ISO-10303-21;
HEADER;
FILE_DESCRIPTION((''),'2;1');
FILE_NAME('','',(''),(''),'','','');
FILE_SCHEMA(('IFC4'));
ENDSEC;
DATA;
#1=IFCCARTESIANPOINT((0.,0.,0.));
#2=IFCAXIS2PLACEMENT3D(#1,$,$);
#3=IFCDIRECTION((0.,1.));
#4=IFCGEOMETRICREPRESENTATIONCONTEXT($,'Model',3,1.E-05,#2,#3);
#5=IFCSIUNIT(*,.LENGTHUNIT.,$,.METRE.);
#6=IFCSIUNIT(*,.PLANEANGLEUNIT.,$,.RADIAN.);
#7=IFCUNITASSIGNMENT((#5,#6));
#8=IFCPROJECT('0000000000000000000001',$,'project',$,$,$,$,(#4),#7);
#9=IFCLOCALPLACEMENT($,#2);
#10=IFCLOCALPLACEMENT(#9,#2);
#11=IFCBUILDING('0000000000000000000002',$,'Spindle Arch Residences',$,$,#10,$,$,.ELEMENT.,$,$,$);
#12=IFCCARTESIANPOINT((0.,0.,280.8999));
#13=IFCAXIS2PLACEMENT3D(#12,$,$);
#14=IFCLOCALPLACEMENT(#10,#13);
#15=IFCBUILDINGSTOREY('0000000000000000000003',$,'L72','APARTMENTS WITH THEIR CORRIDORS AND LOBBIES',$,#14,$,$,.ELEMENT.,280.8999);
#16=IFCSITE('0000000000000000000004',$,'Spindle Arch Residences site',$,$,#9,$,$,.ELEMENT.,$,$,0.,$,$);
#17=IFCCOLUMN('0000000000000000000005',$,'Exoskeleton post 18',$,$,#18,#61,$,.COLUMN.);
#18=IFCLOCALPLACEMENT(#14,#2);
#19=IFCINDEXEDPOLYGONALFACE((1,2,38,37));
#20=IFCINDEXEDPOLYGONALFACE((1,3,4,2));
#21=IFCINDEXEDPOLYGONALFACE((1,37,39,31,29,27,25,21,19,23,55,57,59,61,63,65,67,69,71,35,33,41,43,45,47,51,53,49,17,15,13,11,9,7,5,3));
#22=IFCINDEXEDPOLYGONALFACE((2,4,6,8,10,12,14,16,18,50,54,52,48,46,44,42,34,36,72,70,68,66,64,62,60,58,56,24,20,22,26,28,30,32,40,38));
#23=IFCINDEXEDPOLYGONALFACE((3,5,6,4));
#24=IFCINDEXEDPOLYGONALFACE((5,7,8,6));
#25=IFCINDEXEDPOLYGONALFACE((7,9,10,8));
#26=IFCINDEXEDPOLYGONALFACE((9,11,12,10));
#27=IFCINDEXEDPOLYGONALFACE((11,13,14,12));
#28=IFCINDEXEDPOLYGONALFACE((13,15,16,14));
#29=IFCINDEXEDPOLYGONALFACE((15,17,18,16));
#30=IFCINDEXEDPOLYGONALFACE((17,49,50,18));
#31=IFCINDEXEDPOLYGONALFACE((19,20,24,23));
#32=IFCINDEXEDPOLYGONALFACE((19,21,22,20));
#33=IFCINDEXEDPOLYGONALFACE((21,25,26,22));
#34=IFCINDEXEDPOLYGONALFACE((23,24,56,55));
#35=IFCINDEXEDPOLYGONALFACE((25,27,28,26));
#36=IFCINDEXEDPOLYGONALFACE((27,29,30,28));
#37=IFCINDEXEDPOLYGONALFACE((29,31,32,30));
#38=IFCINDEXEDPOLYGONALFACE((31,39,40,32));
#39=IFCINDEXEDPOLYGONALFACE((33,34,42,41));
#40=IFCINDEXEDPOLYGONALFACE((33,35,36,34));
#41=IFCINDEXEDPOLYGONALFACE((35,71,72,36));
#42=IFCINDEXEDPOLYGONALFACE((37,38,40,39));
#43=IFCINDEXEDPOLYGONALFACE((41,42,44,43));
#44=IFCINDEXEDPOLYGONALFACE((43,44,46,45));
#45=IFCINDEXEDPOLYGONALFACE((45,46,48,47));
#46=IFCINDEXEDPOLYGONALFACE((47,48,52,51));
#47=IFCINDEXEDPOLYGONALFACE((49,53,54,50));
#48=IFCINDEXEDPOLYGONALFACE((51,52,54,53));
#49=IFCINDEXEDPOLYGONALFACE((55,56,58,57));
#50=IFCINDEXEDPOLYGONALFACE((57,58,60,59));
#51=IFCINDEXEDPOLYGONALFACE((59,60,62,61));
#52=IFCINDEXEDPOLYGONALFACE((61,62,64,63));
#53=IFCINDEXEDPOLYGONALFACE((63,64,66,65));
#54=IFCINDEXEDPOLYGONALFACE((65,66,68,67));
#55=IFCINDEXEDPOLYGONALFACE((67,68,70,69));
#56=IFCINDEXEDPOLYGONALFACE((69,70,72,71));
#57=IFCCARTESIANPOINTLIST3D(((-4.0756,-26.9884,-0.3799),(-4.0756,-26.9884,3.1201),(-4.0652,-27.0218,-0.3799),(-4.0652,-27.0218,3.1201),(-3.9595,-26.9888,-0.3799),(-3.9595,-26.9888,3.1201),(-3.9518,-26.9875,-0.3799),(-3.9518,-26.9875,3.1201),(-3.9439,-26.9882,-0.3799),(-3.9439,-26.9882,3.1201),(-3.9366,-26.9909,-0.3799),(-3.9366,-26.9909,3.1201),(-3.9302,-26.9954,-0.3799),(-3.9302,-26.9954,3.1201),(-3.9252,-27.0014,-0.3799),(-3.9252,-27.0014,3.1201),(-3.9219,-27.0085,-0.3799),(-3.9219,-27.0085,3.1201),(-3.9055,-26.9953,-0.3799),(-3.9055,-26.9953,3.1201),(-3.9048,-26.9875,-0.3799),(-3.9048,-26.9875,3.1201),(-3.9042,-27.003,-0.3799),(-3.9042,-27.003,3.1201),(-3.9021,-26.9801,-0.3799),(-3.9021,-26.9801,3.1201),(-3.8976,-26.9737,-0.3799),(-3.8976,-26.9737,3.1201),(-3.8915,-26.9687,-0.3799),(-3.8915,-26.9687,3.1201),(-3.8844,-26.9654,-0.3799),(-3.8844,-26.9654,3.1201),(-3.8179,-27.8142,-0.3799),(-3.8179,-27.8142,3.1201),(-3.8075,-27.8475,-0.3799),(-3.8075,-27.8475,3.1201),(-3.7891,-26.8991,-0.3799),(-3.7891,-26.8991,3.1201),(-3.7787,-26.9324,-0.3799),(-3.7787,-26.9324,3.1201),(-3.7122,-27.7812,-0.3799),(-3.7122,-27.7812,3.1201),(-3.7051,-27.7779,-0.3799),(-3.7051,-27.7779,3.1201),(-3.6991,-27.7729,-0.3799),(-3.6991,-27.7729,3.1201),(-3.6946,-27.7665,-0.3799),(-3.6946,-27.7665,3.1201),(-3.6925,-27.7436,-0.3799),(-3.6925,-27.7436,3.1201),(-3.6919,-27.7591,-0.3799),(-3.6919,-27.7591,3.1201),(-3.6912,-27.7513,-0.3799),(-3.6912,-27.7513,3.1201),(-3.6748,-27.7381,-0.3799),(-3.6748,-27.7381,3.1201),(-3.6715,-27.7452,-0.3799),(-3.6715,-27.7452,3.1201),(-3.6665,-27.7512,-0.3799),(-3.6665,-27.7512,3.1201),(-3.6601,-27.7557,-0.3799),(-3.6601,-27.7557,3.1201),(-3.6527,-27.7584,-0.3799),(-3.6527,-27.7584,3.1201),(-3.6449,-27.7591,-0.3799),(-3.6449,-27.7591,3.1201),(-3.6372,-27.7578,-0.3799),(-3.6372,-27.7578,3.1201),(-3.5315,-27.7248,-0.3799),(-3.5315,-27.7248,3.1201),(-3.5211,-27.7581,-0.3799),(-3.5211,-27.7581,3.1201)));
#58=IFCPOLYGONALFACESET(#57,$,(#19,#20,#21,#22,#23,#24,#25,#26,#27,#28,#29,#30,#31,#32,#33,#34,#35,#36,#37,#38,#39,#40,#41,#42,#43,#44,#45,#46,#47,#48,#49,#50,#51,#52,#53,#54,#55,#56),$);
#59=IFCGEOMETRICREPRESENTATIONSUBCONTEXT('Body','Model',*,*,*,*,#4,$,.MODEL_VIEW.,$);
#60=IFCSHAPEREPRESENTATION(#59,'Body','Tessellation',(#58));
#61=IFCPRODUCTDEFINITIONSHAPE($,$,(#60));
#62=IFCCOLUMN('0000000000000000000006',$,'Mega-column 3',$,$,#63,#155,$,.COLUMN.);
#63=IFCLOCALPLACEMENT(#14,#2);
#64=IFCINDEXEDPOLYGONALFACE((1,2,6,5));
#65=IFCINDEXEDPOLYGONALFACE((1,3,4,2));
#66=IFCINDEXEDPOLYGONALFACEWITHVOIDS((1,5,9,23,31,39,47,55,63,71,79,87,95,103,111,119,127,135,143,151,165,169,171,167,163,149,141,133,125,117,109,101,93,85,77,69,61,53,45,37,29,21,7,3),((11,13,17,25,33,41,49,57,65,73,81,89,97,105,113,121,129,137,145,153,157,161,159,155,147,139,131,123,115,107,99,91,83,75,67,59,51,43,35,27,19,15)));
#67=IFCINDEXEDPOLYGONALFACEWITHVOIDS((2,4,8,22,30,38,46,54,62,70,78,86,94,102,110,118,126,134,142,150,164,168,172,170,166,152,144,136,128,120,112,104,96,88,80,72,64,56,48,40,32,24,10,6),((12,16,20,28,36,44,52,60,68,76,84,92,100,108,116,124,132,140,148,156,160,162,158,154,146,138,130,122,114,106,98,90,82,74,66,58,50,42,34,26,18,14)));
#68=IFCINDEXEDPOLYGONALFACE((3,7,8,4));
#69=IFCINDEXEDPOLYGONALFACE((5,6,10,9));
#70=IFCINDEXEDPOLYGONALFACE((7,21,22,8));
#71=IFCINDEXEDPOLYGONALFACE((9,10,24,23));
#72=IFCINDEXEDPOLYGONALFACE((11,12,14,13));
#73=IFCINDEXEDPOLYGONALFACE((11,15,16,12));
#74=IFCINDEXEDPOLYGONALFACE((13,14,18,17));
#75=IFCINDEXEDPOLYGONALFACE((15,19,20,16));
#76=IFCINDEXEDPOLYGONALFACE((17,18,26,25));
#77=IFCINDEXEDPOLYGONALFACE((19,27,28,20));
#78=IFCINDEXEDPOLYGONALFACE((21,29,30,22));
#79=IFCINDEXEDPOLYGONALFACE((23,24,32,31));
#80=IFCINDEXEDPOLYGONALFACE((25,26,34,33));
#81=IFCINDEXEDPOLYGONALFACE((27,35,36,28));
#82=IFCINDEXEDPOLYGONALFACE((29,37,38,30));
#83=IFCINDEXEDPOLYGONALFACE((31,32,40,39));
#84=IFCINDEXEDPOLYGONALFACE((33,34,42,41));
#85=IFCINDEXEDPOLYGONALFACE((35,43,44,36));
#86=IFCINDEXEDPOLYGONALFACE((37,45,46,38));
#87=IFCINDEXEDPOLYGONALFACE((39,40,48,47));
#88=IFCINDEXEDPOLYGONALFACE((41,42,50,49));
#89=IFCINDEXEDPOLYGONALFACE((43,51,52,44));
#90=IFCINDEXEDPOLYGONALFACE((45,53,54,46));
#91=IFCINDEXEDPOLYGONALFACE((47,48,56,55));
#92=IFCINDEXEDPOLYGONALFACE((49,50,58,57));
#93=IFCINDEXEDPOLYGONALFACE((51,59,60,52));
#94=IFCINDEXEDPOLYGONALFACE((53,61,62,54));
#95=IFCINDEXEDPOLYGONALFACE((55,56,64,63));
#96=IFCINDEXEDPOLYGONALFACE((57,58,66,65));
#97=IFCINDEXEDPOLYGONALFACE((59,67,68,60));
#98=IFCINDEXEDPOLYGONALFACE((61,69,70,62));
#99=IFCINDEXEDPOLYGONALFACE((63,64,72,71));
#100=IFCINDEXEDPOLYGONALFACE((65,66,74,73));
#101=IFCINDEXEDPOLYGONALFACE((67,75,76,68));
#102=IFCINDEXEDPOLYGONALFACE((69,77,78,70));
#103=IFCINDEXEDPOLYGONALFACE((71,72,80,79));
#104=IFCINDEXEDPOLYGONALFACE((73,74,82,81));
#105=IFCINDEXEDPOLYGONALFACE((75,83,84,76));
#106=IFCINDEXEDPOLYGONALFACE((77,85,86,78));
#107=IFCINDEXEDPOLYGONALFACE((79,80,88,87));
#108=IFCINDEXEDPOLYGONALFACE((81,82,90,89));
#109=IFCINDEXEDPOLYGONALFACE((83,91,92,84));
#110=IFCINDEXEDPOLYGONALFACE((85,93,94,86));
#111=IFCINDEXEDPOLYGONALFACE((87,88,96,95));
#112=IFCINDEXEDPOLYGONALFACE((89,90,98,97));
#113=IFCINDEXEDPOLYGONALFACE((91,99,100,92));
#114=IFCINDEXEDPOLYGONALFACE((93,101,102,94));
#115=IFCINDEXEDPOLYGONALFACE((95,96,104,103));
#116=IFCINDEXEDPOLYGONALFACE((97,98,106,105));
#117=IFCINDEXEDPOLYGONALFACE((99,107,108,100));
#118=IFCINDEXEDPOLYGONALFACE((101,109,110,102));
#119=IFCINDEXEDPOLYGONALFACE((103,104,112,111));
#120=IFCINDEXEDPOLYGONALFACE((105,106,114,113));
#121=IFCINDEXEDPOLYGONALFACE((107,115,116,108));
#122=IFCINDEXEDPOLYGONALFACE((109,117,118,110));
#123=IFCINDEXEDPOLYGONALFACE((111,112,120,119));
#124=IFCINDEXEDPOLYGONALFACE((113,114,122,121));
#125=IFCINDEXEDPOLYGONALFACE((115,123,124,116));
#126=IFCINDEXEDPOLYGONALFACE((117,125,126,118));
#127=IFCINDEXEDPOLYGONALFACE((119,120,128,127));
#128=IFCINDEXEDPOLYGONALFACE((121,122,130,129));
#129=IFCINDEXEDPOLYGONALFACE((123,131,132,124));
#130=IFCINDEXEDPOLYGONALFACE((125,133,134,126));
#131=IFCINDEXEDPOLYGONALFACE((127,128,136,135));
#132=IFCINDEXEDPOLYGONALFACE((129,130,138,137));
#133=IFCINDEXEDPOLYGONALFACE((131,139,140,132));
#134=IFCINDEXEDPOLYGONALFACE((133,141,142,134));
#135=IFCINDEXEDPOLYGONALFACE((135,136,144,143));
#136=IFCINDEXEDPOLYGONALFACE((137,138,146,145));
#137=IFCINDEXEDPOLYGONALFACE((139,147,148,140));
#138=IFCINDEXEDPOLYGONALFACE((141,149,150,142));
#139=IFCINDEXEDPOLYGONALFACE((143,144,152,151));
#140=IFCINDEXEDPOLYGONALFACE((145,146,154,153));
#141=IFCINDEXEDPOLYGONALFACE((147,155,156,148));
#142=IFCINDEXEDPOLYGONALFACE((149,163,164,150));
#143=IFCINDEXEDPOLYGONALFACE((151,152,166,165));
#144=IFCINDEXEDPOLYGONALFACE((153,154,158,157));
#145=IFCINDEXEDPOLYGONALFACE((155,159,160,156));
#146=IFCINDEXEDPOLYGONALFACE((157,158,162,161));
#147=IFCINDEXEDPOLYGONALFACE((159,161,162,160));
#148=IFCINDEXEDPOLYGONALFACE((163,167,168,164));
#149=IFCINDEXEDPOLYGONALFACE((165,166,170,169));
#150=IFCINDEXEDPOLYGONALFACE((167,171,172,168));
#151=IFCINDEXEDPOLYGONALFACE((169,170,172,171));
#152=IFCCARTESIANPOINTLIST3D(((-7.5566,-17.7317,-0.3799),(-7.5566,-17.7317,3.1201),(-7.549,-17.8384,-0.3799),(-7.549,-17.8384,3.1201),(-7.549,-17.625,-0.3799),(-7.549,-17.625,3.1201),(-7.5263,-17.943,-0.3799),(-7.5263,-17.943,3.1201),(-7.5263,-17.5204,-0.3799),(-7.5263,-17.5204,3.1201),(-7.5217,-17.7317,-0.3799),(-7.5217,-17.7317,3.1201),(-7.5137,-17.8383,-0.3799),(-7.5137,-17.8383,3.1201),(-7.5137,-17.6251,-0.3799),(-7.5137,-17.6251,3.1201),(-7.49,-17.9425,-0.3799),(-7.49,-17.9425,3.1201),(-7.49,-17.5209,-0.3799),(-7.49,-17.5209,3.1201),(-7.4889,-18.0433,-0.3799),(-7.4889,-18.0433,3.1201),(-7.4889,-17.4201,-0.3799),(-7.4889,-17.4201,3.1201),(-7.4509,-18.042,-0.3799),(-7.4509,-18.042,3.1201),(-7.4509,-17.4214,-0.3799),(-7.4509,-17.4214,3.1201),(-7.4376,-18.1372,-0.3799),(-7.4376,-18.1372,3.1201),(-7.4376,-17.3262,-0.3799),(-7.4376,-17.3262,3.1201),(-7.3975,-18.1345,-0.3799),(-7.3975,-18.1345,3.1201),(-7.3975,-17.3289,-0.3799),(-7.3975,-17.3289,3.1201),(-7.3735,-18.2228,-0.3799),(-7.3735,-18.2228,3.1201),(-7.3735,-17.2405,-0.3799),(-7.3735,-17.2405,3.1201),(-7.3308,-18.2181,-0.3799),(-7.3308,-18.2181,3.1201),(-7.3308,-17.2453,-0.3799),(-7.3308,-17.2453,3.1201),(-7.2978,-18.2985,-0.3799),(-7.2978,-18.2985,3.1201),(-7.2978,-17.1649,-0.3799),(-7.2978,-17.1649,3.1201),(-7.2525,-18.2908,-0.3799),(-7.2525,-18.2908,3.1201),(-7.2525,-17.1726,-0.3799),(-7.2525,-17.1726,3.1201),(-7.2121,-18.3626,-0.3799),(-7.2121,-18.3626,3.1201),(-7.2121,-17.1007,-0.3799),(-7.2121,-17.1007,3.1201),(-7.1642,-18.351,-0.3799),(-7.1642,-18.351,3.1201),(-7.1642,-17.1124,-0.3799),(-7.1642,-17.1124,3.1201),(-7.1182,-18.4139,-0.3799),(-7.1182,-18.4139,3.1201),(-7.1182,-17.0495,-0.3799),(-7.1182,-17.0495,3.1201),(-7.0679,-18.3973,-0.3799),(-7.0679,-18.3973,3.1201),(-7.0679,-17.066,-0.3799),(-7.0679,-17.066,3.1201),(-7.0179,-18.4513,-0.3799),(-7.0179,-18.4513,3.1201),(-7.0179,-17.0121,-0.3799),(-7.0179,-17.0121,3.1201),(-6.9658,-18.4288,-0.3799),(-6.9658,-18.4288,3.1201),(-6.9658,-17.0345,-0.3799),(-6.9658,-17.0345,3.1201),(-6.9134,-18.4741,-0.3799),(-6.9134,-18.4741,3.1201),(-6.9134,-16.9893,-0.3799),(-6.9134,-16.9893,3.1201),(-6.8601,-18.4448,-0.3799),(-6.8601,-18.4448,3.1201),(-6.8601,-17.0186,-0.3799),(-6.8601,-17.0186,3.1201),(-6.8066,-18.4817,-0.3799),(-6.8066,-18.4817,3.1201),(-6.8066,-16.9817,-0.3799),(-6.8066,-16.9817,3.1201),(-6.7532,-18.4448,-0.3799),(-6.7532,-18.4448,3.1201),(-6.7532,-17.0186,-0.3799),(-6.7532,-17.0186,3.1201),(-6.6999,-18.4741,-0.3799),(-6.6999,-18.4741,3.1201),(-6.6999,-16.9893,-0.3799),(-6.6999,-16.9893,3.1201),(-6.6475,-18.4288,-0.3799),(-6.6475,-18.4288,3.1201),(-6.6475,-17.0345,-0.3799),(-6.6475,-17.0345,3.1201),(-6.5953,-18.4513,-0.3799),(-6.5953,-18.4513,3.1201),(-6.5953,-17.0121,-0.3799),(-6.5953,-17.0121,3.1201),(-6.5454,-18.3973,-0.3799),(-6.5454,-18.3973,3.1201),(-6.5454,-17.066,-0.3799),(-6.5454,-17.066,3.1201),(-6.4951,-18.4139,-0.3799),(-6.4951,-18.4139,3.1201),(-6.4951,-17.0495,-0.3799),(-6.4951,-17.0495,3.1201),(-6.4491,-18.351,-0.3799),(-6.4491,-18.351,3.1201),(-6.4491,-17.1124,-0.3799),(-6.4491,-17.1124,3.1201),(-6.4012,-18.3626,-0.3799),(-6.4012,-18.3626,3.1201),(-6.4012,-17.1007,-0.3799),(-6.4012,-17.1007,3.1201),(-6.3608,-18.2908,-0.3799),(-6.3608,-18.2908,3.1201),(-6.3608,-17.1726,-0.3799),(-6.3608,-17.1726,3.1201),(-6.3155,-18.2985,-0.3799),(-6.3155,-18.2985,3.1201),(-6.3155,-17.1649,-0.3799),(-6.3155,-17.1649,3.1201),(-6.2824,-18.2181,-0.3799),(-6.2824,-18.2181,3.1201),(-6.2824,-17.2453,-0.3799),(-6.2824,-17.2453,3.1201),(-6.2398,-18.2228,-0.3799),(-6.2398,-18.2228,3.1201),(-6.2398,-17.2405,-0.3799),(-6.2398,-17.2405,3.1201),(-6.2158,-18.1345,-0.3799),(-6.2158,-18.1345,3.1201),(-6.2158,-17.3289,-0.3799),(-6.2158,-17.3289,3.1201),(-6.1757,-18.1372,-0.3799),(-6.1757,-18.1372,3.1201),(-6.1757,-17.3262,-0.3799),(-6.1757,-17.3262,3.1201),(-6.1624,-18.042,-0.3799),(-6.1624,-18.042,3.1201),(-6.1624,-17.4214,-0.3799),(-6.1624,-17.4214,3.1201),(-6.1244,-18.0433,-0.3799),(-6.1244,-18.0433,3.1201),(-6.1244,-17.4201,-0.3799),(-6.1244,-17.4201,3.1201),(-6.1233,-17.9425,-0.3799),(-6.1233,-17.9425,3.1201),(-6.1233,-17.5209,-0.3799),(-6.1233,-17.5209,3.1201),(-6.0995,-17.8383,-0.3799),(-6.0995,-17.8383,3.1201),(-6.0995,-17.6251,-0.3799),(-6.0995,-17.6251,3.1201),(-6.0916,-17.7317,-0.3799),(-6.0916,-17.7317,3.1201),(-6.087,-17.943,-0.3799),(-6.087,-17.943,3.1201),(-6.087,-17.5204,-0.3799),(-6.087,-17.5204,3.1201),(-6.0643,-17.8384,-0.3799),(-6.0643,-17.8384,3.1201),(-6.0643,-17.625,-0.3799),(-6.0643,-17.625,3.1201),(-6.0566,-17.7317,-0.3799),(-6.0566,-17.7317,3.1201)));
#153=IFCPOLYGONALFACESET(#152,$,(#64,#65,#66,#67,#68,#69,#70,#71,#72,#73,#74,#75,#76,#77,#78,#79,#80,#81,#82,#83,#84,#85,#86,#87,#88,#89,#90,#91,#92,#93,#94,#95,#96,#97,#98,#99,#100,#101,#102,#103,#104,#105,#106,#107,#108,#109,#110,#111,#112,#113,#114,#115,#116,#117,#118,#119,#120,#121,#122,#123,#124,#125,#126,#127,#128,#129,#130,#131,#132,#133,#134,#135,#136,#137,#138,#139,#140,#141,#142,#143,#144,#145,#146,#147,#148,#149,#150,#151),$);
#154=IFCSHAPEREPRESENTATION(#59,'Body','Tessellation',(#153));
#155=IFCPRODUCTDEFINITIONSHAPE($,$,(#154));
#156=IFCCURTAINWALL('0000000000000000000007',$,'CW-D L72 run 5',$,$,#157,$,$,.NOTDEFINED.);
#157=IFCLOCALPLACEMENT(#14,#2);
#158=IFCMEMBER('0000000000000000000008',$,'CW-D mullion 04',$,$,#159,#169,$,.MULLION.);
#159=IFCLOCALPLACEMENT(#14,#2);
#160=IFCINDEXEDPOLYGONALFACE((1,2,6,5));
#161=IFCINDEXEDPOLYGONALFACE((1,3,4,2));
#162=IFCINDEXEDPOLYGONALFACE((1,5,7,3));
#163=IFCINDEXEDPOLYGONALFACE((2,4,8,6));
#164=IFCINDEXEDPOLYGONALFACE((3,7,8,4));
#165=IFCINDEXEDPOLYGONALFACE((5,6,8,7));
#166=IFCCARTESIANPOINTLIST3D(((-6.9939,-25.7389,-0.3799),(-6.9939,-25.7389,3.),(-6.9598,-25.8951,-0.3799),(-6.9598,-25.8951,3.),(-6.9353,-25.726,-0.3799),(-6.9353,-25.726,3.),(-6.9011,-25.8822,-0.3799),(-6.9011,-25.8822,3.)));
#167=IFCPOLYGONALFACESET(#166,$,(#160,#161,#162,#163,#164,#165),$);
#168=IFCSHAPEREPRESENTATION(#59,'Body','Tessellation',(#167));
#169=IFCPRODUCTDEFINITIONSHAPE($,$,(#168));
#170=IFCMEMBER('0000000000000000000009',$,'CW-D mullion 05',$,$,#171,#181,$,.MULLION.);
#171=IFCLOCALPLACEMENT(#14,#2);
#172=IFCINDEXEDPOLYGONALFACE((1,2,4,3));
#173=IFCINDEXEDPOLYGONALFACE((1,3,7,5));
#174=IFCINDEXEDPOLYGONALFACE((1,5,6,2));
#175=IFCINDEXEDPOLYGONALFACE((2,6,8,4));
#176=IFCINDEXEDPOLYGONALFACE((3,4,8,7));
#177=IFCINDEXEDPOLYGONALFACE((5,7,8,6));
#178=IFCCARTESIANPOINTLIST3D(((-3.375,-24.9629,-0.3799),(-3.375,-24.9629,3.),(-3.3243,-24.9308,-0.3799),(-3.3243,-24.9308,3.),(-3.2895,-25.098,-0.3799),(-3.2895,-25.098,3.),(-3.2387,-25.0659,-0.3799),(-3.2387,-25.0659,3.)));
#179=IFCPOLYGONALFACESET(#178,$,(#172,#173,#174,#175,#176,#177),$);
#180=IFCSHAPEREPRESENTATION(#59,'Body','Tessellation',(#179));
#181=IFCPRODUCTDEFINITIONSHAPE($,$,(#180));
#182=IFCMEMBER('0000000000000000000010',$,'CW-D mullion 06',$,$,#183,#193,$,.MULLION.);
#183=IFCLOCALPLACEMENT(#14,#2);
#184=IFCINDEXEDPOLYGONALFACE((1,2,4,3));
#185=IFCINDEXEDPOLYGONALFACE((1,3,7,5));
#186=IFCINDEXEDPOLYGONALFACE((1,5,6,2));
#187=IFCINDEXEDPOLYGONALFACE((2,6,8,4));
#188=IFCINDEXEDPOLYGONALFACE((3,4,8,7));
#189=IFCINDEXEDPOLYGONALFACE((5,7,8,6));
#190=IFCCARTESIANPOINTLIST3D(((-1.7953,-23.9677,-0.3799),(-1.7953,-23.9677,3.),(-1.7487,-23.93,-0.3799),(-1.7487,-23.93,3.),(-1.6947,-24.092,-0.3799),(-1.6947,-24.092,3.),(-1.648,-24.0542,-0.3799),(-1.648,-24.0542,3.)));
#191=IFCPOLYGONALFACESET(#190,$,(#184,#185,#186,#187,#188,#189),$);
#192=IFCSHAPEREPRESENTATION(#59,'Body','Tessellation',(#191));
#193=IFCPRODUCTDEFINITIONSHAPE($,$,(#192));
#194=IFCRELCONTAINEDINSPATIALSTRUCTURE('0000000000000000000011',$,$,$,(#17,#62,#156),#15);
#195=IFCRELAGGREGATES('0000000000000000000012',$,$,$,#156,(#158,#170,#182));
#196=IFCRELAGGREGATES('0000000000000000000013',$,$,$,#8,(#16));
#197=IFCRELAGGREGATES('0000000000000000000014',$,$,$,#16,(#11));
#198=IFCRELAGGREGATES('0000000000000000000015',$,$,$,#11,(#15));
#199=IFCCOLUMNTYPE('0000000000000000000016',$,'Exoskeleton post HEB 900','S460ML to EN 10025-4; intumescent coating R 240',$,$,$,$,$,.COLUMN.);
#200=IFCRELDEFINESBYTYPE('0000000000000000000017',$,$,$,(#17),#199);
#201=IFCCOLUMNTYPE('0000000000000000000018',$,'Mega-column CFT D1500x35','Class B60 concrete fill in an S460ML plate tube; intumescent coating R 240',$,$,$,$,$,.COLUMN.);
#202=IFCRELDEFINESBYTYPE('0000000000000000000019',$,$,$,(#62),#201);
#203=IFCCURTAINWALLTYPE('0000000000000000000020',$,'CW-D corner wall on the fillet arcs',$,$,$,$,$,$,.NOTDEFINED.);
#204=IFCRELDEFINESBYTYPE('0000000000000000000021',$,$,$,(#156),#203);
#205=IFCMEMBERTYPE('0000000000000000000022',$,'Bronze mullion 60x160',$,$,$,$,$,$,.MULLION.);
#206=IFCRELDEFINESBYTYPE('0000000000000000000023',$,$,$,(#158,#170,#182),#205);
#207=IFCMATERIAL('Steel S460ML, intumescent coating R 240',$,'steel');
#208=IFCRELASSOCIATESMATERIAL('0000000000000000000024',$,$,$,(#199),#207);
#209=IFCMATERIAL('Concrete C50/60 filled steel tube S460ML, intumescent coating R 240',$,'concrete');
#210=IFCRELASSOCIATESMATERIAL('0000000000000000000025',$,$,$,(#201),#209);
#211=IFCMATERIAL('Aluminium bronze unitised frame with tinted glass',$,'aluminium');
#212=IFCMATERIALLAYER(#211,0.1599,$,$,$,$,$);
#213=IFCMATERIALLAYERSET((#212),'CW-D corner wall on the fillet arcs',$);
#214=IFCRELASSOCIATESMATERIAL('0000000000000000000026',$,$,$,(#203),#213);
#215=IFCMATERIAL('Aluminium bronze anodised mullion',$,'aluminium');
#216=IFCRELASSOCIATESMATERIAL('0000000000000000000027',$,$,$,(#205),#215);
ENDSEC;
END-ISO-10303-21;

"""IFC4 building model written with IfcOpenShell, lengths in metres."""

from ifc_helpers import new_model, si_unit, direction, frame, origin, origin_2d, place, context, subcontext, project, spatial, rectangle, hollow_circle, i_section, extrude, material, layer, layer_set, material_profile, profile_set, type_object, element, aggregate, save


model = new_model("IFC4")

# Units and contexts
model_context = context("Model", 3, precision=1e-05, world=origin(), true_north=direction((0.0, 1.0)))
body_context = subcontext(model_context, "Body", "Model", "MODEL_VIEW")
ifc_project = project(units=[si_unit("LENGTHUNIT", "METRE"), si_unit("PLANEANGLEUNIT", "RADIAN")], contexts=[model_context])

# Site, building, storey
site_placement = place(None, origin())
site = spatial("IfcSite", under=ifc_project, at=site_placement, Name="Spindle Arch Residences site", CompositionType="ELEMENT", RefElevation=0.0)
building_placement = place(site_placement, origin())
building = spatial("IfcBuilding", under=site, at=building_placement, Name="Spindle Arch Residences", CompositionType="ELEMENT")
storey_placement = place(building_placement, frame((0.0, 0.0, 280.8999)))
storey = spatial("IfcBuildingStorey", under=building, at=storey_placement, Name="L72", Description="APARTMENTS WITH THEIR CORRIDORS AND LOBBIES", CompositionType="ELEMENT", Elevation=280.8999)

# Columns
ifc_material_1 = material(Name="Steel S460ML, intumescent coating R 240", Category="steel")
ifc_material_profile_1 = material_profile(ifc_material_1, i_section(OverallWidth=0.3, OverallDepth=0.8999, WebThickness=0.0186, FlangeThickness=0.0349, FilletRadius=0.03, at=origin_2d()), Name="HEB 900")
ifc_profile_set_1 = profile_set([ifc_material_profile_1], Name="Steel S460ML, intumescent coating R 240")
column_type_1 = type_object("IfcColumnType", Name="Exoskeleton post HEB 900", Description="S460ML to EN 10025-4; intumescent coating R 240", PredefinedType="COLUMN", material=ifc_profile_set_1)
column_1_placement = place(storey_placement, frame((-3.7983, -27.3733, -0.3799), z_axis=(0.0, 0.0, 1.0), x_axis=(-0.954617, -0.297835, 0.0)))
element("IfcColumn", 1, at=column_1_placement, inside=storey, type_object=column_type_1, Name="Exoskeleton post 18", PredefinedType="COLUMN", context=body_context, shape_type="SweptSolid", body=[
    extrude(i_section(OverallWidth=0.3, OverallDepth=0.8999, WebThickness=0.0186, FlangeThickness=0.0349, FilletRadius=0.03, at=origin_2d()), origin(), (0.0, 0.0, 1.0), 3.5),
])
ifc_material_2 = material(Name="Concrete C50/60 filled steel tube S460ML, intumescent coating R 240", Category="concrete")
ifc_material_profile_2 = material_profile(ifc_material_2, hollow_circle(Radius=0.75, WallThickness=0.0349, at=origin_2d()), Name="CFT D1500x35")
ifc_profile_set_2 = profile_set([ifc_material_profile_2], Name="Concrete C50/60 filled steel tube S460ML, intumescent coating R 240")
column_type_2 = type_object("IfcColumnType", Name="Mega-column CFT D1500x35", Description="Class B60 concrete fill in an S460ML plate tube; intumescent coating R 240", PredefinedType="COLUMN", material=ifc_profile_set_2)
column_2_placement = place(storey_placement, frame((-6.8066, -17.7317, -0.3799), z_axis=(0.0, 0.0, 1.0), x_axis=(1.0, 0.0, 0.0)))
element("IfcColumn", 2, at=column_2_placement, inside=storey, type_object=column_type_2, Name="Mega-column 3", PredefinedType="COLUMN", context=body_context, shape_type="SweptSolid", body=[
    extrude(hollow_circle(Radius=0.75, WallThickness=0.0349, at=origin_2d()), origin(), (0.0, 0.0, 1.0), 3.5),
])

# Curtain wall, members
ifc_material_3 = material(Name="Aluminium bronze unitised frame with tinted glass", Category="aluminium")
ifc_layer_1 = layer(ifc_material_3, 0.1599)
ifc_layer_set_1 = layer_set([ifc_layer_1], Name="CW-D corner wall on the fillet arcs")
curtain_wall_type = type_object("IfcCurtainWallType", Name="CW-D corner wall on the fillet arcs", PredefinedType="NOTDEFINED", material=ifc_layer_set_1)
curtain_wall_placement = place(storey_placement, origin())
curtain_wall = element("IfcCurtainWall", 3, at=curtain_wall_placement, inside=storey, type_object=curtain_wall_type, Name="CW-D L72 run 5", PredefinedType="NOTDEFINED")
ifc_material_4 = material(Name="Aluminium bronze anodised mullion", Category="aluminium")
ifc_material_profile_3 = material_profile(ifc_material_4, rectangle(XDim=0.1599, YDim=0.0601, at=origin_2d()), Name="MU 60x160")
ifc_profile_set_3 = profile_set([ifc_material_profile_3], Name="Aluminium bronze anodised mullion")
member_type_1 = type_object("IfcMemberType", Name="Bronze mullion 60x160", PredefinedType="MULLION", material=ifc_profile_set_3)
member_1_placement = place(storey_placement, frame((-6.9475, -25.8105, -0.3799), z_axis=(0.0, 0.0, 1.0), x_axis=(-0.213599, 0.976921, 0.0)))
member_1 = element("IfcMember", 4, at=member_1_placement, type_object=member_type_1, Name="CW-D mullion 04", PredefinedType="MULLION", context=body_context, shape_type="SweptSolid", body=[
    extrude(rectangle(XDim=0.1599, YDim=0.0601, at=origin_2d()), origin(), (0.0, 0.0, 1.0), 3.3799),
])
member_2_placement = place(storey_placement, frame((-3.3069, -25.0144, -0.3799), z_axis=(0.0, 0.0, 1.0), x_axis=(-0.534844, 0.844951, 0.0)))
member_2 = element("IfcMember", 5, at=member_2_placement, type_object=member_type_1, Name="CW-D mullion 05", PredefinedType="MULLION", context=body_context, shape_type="SweptSolid", body=[
    extrude(rectangle(XDim=0.1599, YDim=0.0601, at=origin_2d()), origin(), (0.0, 0.0, 1.0), 3.3799),
])
member_3_placement = place(storey_placement, frame((-1.7217, -24.011, -0.3799), z_axis=(0.0, 0.0, 1.0), x_axis=(-0.62932, 0.777146, 0.0)))
member_3 = element("IfcMember", 6, at=member_3_placement, type_object=member_type_1, Name="CW-D mullion 06", PredefinedType="MULLION", context=body_context, shape_type="SweptSolid", body=[
    extrude(rectangle(XDim=0.1599, YDim=0.0601, at=origin_2d()), origin(), (0.0, 0.0, 1.0), 3.3799),
])

aggregate(curtain_wall, [member_1, member_2, member_3])

save(model, "model.ifc")
